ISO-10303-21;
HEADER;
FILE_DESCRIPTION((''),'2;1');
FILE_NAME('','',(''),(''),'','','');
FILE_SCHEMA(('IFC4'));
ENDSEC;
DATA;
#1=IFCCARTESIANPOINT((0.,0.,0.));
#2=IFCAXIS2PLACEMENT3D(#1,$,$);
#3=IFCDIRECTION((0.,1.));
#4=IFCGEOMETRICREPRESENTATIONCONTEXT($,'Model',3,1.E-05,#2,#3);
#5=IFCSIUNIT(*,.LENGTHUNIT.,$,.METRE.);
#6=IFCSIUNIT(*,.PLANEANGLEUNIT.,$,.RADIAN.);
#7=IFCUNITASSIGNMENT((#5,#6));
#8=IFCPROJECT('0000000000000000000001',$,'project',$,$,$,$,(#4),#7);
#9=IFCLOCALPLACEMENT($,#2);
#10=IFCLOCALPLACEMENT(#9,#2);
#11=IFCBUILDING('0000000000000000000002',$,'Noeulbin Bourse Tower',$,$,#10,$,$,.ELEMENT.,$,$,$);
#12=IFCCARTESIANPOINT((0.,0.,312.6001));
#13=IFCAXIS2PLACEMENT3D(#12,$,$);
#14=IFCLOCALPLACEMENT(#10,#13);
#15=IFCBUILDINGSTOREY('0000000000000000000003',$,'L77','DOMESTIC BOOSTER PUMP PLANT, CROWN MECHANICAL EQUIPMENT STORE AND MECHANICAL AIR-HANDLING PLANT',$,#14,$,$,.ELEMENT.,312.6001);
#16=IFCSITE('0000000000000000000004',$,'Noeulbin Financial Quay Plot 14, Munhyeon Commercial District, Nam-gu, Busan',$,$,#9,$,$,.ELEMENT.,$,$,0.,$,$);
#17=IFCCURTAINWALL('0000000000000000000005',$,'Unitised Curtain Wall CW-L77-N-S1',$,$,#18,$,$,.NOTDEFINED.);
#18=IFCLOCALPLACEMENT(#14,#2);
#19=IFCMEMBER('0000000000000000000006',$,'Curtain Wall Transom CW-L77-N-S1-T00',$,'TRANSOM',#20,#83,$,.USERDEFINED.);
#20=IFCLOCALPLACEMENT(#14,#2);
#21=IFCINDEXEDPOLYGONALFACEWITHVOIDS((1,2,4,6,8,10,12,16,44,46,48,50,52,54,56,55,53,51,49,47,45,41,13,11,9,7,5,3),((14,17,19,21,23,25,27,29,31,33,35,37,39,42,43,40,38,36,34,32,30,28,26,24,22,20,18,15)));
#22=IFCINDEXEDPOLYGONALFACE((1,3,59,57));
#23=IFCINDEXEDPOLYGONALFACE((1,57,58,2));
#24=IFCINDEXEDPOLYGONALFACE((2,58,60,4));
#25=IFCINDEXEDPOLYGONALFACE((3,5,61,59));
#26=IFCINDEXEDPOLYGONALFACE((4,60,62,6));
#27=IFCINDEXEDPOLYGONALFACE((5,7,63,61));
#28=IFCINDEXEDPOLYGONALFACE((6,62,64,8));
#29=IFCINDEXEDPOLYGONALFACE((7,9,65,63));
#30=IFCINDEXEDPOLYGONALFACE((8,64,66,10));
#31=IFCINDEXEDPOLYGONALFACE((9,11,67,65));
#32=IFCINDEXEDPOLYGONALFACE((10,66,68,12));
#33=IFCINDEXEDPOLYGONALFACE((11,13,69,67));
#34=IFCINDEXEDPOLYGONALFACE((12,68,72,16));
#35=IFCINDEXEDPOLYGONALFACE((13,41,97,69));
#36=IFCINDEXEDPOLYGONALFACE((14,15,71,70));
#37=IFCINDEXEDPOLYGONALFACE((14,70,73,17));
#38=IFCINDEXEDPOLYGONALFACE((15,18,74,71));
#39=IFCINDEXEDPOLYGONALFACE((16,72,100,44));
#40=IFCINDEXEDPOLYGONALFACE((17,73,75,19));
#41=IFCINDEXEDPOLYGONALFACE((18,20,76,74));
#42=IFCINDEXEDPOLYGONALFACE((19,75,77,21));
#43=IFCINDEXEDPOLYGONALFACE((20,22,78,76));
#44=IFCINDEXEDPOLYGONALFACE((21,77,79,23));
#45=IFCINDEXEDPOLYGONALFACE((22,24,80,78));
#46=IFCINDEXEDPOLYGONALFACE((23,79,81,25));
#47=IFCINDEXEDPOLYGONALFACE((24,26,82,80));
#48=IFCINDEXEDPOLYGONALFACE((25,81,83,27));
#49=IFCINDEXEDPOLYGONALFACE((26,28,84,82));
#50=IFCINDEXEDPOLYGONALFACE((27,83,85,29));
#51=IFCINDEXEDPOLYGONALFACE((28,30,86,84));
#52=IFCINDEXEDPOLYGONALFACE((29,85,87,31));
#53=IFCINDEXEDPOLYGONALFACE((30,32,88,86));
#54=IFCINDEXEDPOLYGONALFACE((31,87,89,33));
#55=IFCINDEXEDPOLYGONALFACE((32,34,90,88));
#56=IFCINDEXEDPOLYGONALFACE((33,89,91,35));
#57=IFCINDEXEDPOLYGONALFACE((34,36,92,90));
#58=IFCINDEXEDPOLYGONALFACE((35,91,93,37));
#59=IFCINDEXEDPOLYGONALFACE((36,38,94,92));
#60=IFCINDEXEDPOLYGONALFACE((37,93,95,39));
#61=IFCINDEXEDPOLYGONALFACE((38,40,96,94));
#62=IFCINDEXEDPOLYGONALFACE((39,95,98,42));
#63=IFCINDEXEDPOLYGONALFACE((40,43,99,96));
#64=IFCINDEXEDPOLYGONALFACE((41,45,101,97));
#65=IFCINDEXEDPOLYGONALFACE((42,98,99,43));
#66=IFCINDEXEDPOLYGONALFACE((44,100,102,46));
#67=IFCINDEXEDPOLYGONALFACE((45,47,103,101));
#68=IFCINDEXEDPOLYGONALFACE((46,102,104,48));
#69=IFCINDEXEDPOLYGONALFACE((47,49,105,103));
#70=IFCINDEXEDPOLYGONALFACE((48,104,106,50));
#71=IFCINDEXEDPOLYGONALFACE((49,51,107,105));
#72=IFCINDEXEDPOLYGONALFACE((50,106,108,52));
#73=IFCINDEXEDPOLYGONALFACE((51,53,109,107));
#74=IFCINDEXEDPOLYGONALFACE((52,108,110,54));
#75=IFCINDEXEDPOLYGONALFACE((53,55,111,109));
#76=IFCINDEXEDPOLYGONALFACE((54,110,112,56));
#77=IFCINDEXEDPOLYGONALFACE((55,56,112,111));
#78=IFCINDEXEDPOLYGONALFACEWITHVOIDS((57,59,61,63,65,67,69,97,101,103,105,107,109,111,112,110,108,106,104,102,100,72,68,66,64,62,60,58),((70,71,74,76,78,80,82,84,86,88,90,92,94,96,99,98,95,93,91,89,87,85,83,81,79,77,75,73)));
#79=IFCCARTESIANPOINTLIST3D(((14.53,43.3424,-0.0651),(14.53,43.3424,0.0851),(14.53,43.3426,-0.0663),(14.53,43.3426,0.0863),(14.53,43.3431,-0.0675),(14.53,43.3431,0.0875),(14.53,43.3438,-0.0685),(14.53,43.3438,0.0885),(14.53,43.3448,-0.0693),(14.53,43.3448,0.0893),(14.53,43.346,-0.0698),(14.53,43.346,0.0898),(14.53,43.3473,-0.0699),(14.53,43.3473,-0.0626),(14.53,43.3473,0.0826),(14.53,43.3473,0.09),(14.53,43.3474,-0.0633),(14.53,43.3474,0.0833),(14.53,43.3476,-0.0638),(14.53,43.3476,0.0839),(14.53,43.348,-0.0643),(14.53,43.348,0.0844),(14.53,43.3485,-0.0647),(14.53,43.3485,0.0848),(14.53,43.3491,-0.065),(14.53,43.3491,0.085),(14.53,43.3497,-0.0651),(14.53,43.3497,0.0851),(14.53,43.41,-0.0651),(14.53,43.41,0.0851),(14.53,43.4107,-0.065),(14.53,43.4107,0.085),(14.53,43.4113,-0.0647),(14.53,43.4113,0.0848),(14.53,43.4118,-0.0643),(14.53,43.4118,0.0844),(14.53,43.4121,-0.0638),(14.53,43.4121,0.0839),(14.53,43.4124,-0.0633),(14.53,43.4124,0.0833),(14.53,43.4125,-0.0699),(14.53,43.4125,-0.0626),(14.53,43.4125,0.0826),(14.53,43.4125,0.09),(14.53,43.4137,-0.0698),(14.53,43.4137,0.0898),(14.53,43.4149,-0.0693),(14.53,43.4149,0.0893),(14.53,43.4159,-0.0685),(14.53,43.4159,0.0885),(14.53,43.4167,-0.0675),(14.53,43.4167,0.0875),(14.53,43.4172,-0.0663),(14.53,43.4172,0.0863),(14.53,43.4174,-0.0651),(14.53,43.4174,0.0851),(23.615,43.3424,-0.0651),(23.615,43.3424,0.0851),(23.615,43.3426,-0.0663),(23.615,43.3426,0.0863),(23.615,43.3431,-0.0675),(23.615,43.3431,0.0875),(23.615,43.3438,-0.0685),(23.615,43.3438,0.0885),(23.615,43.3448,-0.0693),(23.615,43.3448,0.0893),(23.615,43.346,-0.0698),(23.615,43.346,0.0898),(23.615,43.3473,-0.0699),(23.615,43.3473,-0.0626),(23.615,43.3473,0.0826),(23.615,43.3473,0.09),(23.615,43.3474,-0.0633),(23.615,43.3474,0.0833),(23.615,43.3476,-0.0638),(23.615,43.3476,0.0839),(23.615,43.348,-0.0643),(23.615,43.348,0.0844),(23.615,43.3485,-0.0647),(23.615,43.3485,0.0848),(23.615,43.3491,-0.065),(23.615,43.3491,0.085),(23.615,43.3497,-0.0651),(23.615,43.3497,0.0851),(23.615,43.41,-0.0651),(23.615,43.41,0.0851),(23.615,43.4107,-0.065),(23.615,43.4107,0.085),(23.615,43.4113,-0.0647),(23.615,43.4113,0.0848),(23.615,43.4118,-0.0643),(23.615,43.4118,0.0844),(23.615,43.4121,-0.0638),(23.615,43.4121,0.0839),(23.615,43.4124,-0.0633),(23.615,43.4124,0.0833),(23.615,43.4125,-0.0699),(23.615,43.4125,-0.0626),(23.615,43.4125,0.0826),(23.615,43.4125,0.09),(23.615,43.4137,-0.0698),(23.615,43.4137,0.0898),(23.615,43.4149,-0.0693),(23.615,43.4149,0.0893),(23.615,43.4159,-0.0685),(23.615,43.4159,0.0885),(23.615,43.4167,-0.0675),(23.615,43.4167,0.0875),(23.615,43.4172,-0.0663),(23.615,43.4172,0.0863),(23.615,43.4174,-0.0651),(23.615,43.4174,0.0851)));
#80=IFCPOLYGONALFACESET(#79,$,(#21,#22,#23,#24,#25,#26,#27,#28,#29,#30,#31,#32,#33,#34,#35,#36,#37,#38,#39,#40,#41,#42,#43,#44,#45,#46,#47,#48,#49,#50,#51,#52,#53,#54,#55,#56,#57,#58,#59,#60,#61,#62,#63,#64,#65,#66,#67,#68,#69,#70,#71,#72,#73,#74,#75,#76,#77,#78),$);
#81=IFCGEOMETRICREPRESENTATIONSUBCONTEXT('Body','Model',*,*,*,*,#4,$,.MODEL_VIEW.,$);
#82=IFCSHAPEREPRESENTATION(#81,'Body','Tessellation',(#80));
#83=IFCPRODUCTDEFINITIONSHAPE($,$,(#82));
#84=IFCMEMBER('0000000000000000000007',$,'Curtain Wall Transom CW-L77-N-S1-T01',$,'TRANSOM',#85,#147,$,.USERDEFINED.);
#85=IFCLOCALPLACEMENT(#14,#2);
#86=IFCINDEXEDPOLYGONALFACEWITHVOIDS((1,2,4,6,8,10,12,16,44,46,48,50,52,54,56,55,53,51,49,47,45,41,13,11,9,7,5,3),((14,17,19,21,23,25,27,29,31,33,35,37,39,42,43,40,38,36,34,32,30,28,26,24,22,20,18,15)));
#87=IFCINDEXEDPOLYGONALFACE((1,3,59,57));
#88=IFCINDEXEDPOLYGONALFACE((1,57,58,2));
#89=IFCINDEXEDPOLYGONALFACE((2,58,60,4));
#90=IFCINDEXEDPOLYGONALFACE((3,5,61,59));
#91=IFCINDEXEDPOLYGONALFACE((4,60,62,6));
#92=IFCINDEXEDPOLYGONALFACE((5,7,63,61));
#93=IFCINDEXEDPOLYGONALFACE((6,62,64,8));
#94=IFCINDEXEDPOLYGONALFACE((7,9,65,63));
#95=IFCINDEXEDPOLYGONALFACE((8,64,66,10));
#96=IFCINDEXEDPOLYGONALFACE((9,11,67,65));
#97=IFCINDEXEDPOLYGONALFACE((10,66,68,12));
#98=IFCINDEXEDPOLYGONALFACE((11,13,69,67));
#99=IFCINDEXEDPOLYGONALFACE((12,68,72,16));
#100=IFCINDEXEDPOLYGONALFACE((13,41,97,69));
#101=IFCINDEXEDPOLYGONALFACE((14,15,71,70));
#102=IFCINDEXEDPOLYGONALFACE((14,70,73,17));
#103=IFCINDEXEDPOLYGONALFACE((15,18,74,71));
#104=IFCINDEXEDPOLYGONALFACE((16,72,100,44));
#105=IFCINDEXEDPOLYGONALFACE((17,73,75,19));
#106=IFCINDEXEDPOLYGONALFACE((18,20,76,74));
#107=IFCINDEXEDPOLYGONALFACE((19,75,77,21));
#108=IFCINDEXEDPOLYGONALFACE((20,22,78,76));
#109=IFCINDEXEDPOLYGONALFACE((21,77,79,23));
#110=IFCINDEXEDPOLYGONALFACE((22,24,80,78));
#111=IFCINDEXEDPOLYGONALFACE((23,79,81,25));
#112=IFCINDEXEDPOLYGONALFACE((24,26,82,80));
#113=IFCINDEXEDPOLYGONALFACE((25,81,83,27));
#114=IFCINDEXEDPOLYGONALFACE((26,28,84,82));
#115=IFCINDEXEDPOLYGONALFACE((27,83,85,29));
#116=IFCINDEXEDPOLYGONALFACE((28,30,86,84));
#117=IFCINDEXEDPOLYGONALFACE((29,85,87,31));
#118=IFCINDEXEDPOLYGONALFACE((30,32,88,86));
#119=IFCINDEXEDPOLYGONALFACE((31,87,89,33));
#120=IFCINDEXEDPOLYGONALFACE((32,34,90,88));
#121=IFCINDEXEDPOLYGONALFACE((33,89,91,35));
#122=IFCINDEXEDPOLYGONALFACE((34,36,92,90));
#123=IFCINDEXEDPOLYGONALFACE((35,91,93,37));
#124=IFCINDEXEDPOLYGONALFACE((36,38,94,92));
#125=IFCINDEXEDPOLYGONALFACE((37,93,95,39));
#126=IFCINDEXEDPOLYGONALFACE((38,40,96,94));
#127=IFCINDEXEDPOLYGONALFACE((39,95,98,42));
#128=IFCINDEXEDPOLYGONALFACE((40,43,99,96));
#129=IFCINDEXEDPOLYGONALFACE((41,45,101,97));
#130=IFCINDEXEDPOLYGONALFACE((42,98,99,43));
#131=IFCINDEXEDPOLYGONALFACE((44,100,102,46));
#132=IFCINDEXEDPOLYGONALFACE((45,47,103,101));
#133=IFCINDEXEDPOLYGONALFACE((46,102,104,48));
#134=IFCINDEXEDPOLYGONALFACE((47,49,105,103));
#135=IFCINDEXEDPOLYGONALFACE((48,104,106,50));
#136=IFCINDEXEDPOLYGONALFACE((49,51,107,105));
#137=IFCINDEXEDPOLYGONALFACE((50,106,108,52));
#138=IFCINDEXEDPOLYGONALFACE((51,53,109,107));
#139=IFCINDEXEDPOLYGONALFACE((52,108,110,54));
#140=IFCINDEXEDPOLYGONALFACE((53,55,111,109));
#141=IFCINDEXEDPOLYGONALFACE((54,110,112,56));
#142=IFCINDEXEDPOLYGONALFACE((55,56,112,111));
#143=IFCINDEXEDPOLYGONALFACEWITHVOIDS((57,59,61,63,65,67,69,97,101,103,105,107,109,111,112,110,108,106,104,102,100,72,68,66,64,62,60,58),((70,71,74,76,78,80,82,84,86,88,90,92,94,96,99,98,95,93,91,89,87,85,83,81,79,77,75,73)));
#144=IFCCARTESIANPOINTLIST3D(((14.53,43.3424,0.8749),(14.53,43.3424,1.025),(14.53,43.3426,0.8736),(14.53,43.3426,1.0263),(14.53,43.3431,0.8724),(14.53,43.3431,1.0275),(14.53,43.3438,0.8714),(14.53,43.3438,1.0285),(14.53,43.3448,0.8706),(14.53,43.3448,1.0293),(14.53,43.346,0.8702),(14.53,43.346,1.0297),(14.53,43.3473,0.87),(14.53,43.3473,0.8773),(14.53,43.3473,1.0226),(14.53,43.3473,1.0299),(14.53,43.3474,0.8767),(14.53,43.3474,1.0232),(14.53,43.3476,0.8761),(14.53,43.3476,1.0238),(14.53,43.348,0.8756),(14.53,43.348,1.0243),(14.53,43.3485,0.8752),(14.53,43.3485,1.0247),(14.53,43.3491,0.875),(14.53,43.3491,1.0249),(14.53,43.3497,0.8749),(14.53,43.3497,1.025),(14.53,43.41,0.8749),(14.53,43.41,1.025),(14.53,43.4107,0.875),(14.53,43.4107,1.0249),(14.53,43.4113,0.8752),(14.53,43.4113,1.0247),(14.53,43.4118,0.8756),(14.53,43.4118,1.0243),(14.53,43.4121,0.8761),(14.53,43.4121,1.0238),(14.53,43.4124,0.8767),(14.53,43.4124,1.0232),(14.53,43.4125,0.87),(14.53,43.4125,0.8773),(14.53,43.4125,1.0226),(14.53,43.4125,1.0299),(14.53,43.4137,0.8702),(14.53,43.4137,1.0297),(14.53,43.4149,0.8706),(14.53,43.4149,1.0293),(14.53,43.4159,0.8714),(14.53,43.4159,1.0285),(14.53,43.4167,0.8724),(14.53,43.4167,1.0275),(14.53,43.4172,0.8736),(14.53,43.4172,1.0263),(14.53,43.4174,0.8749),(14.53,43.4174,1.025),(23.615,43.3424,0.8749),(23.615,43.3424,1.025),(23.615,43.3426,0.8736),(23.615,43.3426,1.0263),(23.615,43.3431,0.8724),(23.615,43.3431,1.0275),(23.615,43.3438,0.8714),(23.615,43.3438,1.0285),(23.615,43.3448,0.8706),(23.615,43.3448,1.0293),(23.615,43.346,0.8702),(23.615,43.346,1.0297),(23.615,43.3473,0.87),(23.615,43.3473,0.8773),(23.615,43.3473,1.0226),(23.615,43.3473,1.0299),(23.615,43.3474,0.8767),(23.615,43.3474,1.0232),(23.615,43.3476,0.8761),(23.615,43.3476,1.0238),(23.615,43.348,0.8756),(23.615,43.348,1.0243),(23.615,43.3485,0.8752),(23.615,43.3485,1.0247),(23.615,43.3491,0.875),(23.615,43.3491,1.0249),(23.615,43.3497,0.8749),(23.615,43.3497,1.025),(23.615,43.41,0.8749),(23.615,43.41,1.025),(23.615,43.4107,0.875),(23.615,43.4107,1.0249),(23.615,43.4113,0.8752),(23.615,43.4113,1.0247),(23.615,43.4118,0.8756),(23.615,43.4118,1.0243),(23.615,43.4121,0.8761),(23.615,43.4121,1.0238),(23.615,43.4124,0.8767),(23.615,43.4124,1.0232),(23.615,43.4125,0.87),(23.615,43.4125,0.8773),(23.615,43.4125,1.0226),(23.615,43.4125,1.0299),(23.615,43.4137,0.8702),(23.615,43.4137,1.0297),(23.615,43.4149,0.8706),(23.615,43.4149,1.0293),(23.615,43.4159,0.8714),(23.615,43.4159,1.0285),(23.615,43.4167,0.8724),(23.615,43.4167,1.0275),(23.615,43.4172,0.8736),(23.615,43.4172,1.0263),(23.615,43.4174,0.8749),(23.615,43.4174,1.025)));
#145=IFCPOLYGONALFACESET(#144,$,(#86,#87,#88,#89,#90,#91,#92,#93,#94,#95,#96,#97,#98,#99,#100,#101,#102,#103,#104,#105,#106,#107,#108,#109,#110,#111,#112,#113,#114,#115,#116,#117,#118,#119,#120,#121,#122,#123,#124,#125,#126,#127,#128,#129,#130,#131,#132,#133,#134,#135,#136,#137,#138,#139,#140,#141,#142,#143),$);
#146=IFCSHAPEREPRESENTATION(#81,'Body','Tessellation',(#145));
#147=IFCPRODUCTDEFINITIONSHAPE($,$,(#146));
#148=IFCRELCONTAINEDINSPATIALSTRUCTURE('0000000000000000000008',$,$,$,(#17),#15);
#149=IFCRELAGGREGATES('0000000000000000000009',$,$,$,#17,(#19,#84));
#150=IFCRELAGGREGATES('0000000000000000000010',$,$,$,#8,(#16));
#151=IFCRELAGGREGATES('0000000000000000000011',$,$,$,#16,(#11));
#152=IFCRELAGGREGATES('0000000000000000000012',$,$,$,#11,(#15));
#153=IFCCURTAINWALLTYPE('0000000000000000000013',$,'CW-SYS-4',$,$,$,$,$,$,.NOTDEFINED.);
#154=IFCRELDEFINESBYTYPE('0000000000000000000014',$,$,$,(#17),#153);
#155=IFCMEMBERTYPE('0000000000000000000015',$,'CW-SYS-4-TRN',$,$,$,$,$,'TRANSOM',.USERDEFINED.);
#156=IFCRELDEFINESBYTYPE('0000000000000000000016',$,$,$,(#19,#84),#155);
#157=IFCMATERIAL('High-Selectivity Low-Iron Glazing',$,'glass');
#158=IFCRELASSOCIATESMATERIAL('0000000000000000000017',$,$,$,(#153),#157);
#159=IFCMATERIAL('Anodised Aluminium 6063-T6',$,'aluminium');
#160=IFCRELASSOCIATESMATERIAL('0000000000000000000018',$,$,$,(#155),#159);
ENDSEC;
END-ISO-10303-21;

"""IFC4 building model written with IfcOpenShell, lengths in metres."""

from ifc_helpers import new_model, si_unit, direction, frame, origin, origin_2d, place, context, subcontext, project, spatial, hollow_rectangle, extrude, material, material_profile, profile_set, type_object, element, aggregate, save


model = new_model("IFC4")

# Units and contexts
model_context = context("Model", 3, precision=1e-05, world=origin(), true_north=direction((0.0, 1.0)))
body_context = subcontext(model_context, "Body", "Model", "MODEL_VIEW")
ifc_project = project(units=[si_unit("LENGTHUNIT", "METRE"), si_unit("PLANEANGLEUNIT", "RADIAN")], contexts=[model_context])

# Site, building, storey
site_placement = place(None, origin())
site = spatial("IfcSite", under=ifc_project, at=site_placement, Name="Noeulbin Financial Quay Plot 14, Munhyeon Commercial District, Nam-gu, Busan", CompositionType="ELEMENT", RefElevation=0.0)
building_placement = place(site_placement, origin())
building = spatial("IfcBuilding", under=site, at=building_placement, Name="Noeulbin Bourse Tower", CompositionType="ELEMENT")
storey_placement = place(building_placement, frame((0.0, 0.0, 312.6001)))
storey = spatial("IfcBuildingStorey", under=building, at=storey_placement, Name="L77", Description="DOMESTIC BOOSTER PUMP PLANT, CROWN MECHANICAL EQUIPMENT STORE AND MECHANICAL AIR-HANDLING PLANT", CompositionType="ELEMENT", Elevation=312.6001)

# Curtain wall
ifc_material_1 = material(Name="High-Selectivity Low-Iron Glazing", Category="glass")
curtain_wall_type = type_object("IfcCurtainWallType", Name="CW-SYS-4", PredefinedType="NOTDEFINED", material=ifc_material_1)
curtain_wall_1_placement = place(storey_placement, origin())
curtain_wall_1 = element("IfcCurtainWall", 1, at=curtain_wall_1_placement, inside=storey, type_object=curtain_wall_type, Name="Unitised Curtain Wall CW-L77-N-S1", PredefinedType="NOTDEFINED")
ifc_material_2 = material(Name="Anodised Aluminium 6063-T6", Category="aluminium")

# Members
ifc_material_profile_1 = material_profile(ifc_material_2, hollow_rectangle(XDim=0.075, YDim=0.1599, WallThickness=0.0049, InnerFilletRadius=0.0024, OuterFilletRadius=0.0049, at=origin_2d()), Name="ALU-TRAN-75x160x5", Category="LoadBearing")
ifc_profile_set_1 = profile_set([ifc_material_profile_1], Name="Anodised Aluminium 6063-T6")
member_type_1 = type_object("IfcMemberType", Name="CW-SYS-4-TRN", ElementType="TRANSOM", PredefinedType="USERDEFINED", material=ifc_profile_set_1)
member_1_placement = place(storey_placement, frame((14.53, 43.3799, 0.01), z_axis=(1.0, 0.0, 0.0), x_axis=(0.0, 1.0, 0.0)))
member_1 = element("IfcMember", 2, at=member_1_placement, type_object=member_type_1, Name="Curtain Wall Transom CW-L77-N-S1-T00", ObjectType="TRANSOM", PredefinedType="USERDEFINED", context=body_context, shape_type="SweptSolid", body=[
    extrude(hollow_rectangle(XDim=0.075, YDim=0.1599, WallThickness=0.0049, InnerFilletRadius=0.0024, OuterFilletRadius=0.0049, at=origin_2d()), origin(), (0.0, 0.0, 1.0), 9.085),
])
member_2_placement = place(storey_placement, frame((14.53, 43.3799, 0.95), z_axis=(1.0, 0.0, 0.0), x_axis=(0.0, 1.0, 0.0)))
member_2 = element("IfcMember", 3, at=member_2_placement, type_object=member_type_1, Name="Curtain Wall Transom CW-L77-N-S1-T01", ObjectType="TRANSOM", PredefinedType="USERDEFINED", context=body_context, shape_type="SweptSolid", body=[
    extrude(hollow_rectangle(XDim=0.075, YDim=0.1599, WallThickness=0.0049, InnerFilletRadius=0.0024, OuterFilletRadius=0.0049, at=origin_2d()), origin(), (0.0, 0.0, 1.0), 9.085),
])

aggregate(curtain_wall_1, [member_1, member_2])

save(model, "model.ifc")
